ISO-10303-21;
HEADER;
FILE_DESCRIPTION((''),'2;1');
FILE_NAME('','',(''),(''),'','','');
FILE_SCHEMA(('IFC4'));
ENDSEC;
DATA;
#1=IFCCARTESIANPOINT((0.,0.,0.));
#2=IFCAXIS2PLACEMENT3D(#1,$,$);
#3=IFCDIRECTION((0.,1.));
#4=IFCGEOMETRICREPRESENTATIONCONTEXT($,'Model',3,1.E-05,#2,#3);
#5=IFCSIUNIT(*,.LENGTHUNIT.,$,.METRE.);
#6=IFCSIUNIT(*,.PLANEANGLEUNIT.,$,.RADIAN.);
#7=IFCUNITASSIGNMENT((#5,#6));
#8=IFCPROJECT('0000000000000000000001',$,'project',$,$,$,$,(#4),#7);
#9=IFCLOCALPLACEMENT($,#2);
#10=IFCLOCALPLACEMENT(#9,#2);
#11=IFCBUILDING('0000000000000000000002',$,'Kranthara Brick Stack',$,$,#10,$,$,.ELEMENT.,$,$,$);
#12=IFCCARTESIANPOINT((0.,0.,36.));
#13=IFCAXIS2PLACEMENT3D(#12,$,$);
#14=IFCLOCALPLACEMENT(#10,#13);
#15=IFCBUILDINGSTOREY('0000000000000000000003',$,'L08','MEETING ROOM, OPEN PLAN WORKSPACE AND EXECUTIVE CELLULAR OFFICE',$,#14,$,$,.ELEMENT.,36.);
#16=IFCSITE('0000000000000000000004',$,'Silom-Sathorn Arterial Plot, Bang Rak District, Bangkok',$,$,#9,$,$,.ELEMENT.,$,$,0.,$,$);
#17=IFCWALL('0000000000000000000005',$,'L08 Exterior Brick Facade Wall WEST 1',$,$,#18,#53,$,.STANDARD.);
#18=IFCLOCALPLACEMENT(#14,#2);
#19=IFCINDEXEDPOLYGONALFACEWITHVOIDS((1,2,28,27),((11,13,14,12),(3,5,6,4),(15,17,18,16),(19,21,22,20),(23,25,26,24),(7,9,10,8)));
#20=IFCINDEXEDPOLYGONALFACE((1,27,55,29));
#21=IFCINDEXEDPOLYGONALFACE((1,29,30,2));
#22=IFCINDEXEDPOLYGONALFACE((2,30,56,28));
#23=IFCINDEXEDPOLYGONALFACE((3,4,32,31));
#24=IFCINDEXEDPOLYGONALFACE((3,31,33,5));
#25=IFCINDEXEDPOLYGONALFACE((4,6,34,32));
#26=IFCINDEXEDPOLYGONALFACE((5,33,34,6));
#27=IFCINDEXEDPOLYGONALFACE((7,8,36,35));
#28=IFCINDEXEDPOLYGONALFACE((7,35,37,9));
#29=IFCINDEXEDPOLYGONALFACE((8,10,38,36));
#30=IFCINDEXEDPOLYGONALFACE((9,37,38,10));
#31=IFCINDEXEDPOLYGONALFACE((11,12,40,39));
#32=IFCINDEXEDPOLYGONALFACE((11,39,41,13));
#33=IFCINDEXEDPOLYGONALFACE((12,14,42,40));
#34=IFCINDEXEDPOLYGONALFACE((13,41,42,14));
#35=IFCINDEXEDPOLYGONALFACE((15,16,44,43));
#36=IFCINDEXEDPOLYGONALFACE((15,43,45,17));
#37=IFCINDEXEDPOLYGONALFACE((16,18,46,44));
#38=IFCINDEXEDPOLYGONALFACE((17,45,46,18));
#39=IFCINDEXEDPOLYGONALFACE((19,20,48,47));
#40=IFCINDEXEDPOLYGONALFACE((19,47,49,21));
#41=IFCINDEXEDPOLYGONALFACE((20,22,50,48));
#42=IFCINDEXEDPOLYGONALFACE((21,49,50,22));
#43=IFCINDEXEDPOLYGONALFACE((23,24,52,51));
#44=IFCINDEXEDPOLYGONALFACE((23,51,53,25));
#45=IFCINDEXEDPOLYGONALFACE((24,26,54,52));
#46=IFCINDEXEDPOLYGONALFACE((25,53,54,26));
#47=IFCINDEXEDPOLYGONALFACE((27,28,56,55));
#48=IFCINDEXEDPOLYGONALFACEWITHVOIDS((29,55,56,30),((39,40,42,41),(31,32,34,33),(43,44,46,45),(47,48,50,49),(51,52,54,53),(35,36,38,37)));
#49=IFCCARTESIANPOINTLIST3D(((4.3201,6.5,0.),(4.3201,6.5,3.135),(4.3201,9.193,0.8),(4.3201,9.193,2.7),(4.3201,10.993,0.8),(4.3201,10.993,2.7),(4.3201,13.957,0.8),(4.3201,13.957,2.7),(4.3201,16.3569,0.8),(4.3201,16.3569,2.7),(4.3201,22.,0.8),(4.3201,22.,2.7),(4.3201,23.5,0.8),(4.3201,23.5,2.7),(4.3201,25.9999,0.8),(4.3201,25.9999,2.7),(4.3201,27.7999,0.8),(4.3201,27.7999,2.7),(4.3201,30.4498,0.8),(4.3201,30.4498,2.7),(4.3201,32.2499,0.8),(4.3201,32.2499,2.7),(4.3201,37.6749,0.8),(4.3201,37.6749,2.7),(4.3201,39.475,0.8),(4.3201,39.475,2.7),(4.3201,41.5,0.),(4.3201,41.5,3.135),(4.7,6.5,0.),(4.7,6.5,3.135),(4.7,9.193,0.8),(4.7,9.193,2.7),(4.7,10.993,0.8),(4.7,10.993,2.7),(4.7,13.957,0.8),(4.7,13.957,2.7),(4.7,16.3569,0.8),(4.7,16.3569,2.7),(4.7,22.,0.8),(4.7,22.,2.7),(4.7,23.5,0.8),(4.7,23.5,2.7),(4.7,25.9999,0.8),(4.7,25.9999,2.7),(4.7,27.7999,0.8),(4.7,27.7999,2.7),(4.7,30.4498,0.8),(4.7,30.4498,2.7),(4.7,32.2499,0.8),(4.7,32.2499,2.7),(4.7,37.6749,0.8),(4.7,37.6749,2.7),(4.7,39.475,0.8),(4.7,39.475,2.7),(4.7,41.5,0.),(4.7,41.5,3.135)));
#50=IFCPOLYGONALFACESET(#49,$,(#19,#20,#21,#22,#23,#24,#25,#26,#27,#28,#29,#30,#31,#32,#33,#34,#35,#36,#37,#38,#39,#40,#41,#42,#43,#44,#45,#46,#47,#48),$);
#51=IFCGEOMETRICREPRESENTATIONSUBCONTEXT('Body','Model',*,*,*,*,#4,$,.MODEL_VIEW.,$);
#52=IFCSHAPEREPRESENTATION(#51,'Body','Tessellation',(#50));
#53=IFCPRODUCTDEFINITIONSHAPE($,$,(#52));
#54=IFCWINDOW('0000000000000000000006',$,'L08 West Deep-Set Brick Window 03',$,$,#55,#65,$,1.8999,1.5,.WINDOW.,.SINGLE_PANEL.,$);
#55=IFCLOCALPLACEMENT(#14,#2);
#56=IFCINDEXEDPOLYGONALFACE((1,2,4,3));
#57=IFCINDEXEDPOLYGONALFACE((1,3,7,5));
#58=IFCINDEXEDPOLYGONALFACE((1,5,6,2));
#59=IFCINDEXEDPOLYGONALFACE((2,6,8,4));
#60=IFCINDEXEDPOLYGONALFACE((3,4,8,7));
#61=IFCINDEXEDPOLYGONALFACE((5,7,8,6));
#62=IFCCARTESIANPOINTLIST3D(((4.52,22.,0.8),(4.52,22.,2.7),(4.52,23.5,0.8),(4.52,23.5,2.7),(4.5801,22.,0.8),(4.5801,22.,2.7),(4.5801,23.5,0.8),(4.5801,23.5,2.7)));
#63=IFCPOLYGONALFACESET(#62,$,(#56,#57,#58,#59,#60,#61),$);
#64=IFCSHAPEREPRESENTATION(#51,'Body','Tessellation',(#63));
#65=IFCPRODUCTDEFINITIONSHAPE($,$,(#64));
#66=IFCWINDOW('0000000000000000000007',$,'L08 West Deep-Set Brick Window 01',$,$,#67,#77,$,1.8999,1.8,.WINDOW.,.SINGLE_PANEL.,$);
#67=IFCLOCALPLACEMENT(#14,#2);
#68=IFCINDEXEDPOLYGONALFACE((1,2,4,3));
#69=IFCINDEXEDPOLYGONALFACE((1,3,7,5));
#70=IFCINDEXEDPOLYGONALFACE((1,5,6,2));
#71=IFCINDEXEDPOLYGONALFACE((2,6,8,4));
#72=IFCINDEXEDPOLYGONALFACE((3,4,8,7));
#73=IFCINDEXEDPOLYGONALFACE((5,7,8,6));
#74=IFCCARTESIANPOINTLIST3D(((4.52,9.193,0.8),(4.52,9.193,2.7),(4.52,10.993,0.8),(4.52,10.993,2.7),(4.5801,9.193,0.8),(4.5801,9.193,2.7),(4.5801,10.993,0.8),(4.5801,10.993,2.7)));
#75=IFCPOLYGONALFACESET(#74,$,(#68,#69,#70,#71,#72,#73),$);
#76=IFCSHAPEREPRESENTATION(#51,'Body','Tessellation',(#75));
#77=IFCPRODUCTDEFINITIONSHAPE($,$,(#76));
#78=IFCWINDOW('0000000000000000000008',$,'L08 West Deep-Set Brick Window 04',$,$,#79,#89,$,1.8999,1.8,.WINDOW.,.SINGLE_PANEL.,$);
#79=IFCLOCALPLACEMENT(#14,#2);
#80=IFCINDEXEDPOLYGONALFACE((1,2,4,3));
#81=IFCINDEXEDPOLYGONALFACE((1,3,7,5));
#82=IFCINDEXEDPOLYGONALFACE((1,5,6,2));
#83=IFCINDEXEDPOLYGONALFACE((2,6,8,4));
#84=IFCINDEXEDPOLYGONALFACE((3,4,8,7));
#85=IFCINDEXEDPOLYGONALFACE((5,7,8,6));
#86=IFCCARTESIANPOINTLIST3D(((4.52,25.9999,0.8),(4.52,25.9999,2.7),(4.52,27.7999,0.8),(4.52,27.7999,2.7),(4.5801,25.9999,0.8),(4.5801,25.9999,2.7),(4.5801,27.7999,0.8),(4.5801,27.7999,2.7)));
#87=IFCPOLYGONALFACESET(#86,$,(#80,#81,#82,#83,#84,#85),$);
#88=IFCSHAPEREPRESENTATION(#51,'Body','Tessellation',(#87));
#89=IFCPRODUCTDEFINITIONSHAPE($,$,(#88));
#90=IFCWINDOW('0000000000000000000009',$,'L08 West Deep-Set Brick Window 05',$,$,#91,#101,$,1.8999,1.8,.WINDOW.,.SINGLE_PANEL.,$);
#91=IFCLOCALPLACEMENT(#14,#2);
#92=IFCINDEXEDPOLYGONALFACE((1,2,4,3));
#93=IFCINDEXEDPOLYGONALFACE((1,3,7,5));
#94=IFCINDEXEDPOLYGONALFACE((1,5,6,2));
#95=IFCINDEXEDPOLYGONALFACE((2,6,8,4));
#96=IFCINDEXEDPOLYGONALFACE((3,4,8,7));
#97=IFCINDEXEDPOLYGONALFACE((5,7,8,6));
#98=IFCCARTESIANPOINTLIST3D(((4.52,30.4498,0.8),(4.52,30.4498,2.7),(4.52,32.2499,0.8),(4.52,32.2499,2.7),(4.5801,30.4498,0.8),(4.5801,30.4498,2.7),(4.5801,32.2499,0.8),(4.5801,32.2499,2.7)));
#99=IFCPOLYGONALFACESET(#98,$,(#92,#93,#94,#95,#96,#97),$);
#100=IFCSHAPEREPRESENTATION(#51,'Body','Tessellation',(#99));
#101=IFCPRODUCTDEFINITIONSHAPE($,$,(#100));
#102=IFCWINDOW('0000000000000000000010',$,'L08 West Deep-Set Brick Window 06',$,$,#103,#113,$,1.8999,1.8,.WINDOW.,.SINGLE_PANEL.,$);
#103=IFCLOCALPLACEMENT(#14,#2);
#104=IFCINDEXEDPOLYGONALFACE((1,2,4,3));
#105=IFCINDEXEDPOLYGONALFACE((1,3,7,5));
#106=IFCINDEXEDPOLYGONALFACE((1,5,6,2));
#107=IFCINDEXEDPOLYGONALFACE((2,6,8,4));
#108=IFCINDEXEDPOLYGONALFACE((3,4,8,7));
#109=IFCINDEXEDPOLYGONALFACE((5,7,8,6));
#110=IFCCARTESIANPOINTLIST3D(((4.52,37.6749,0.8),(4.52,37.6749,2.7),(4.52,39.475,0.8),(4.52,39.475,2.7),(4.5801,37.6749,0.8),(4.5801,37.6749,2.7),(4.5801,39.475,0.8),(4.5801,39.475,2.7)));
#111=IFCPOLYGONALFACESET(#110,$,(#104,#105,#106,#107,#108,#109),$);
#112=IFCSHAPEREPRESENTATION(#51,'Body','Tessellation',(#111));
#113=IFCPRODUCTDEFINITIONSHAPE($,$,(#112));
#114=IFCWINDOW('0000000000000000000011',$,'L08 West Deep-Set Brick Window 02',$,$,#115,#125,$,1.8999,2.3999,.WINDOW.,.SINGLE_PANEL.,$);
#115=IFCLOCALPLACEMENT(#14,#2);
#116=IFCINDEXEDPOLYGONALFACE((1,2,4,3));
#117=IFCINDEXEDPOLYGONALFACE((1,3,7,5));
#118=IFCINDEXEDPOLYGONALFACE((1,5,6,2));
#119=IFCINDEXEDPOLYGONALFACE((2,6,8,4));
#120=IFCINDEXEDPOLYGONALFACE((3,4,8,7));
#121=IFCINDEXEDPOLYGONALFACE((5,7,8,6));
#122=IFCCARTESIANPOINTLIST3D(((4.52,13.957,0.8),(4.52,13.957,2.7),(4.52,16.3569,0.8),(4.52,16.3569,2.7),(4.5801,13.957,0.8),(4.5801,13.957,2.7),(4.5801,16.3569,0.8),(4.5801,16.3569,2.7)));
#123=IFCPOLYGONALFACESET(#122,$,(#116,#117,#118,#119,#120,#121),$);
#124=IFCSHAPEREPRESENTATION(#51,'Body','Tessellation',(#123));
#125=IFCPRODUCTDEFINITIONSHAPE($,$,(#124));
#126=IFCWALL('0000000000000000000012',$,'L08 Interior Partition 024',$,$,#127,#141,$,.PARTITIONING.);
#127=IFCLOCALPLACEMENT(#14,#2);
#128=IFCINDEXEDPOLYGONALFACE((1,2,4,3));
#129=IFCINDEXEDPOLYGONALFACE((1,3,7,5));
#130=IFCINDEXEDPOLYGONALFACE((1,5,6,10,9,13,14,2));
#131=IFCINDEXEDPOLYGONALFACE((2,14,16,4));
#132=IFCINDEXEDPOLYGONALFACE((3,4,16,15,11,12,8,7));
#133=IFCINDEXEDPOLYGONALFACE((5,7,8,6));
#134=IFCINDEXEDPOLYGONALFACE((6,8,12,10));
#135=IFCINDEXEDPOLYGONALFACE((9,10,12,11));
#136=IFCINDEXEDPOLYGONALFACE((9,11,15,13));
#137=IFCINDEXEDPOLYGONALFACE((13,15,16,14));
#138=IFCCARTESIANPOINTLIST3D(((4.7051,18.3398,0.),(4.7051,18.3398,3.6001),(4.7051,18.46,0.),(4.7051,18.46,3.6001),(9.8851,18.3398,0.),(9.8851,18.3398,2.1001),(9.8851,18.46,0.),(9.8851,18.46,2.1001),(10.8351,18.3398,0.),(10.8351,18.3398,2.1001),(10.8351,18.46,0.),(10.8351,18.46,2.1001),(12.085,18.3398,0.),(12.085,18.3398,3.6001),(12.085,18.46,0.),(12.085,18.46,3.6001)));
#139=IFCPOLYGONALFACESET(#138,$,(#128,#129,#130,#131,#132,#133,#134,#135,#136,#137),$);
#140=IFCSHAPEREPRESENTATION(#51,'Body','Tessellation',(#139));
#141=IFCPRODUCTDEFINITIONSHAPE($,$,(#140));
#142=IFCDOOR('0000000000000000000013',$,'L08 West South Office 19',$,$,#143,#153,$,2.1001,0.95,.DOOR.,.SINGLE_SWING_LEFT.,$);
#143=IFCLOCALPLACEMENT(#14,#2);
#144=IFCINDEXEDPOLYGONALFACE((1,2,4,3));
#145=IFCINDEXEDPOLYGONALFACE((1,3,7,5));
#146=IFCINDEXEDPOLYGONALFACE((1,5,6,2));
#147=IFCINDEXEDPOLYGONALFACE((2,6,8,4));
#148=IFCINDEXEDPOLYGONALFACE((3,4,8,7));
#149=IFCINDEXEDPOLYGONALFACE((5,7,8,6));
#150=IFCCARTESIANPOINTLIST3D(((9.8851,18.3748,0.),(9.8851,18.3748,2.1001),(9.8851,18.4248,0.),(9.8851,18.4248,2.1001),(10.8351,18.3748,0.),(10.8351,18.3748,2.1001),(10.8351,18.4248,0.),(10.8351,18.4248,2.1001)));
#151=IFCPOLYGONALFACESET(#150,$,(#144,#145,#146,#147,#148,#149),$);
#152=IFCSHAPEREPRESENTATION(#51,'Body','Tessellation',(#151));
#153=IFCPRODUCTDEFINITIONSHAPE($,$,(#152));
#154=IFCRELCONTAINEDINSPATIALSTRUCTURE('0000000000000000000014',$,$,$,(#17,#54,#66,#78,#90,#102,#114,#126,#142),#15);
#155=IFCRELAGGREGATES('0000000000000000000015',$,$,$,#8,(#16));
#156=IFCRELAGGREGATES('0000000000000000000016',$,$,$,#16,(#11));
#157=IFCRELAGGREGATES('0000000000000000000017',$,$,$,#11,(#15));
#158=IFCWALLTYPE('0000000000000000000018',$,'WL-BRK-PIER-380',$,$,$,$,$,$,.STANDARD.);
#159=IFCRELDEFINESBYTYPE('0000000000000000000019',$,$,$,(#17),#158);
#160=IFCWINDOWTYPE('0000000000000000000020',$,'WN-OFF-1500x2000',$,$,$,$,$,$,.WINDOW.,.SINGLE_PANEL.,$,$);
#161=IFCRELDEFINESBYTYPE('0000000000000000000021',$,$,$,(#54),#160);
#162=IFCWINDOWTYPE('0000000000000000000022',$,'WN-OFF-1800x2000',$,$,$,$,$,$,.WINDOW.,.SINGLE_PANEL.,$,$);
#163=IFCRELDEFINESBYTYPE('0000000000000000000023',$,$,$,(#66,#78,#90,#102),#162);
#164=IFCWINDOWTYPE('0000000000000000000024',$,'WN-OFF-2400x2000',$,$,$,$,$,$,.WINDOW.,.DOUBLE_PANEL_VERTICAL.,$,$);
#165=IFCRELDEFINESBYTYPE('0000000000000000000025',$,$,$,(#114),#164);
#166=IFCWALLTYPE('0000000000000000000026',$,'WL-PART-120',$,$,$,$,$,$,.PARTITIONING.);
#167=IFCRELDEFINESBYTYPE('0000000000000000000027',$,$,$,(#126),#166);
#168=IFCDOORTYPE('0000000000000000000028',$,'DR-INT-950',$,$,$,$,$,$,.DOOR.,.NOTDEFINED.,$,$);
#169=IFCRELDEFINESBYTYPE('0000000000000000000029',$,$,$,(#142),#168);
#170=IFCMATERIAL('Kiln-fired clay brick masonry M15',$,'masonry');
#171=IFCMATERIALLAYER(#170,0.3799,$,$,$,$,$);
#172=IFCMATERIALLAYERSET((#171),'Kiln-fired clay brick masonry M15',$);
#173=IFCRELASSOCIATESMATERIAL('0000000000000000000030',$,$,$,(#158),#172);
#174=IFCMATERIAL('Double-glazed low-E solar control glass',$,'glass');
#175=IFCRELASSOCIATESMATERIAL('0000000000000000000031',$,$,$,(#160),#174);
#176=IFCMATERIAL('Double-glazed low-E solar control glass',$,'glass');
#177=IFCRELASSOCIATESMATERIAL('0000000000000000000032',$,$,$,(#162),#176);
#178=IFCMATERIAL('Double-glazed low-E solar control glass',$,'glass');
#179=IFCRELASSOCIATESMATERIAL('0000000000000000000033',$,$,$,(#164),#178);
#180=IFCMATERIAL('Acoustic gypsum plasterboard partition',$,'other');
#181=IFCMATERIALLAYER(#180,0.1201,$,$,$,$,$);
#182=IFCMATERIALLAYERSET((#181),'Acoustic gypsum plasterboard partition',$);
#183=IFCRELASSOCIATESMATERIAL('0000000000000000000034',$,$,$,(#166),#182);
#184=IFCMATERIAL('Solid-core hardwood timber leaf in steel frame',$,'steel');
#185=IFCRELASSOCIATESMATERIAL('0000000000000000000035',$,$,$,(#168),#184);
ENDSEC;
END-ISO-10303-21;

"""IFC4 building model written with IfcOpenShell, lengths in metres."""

from ifc_helpers import new_model, si_unit, direction, frame, frame_2d, origin, place, context, subcontext, project, spatial, rectangle, extrude, material, layer, layer_set, type_object, element, fill, save


model = new_model("IFC4")

# Units and contexts
model_context = context("Model", 3, precision=1e-05, world=origin(), true_north=direction((0.0, 1.0)))
body_context = subcontext(model_context, "Body", "Model", "MODEL_VIEW")
ifc_project = project(units=[si_unit("LENGTHUNIT", "METRE"), si_unit("PLANEANGLEUNIT", "RADIAN")], contexts=[model_context])

# Site, building, storey
site_placement = place(None, origin())
site = spatial("IfcSite", under=ifc_project, at=site_placement, Name="Silom-Sathorn Arterial Plot, Bang Rak District, Bangkok", CompositionType="ELEMENT", RefElevation=0.0)
building_placement = place(site_placement, origin())
building = spatial("IfcBuilding", under=site, at=building_placement, Name="Kranthara Brick Stack", CompositionType="ELEMENT")
storey_placement = place(building_placement, frame((0.0, 0.0, 36.0)))
storey = spatial("IfcBuildingStorey", under=building, at=storey_placement, Name="L08", Description="MEETING ROOM, OPEN PLAN WORKSPACE AND EXECUTIVE CELLULAR OFFICE", CompositionType="ELEMENT", Elevation=36.0)

# Wall, openings, windows
ifc_material_1 = material(Name="Kiln-fired clay brick masonry M15", Category="masonry")
ifc_layer_1 = layer(ifc_material_1, 0.3799)
ifc_layer_set_1 = layer_set([ifc_layer_1], Name="Kiln-fired clay brick masonry M15")
wall_type_1 = type_object("IfcWallType", Name="WL-BRK-PIER-380", PredefinedType="STANDARD", material=ifc_layer_set_1)
wall_1_placement = place(storey_placement, frame((4.51, 6.5, 0.0), z_axis=(0.0, 0.0, 1.0), x_axis=(0.0, 1.0, 0.0)))
wall_1 = element("IfcWall", 1, at=wall_1_placement, inside=storey, type_object=wall_type_1, Name="L08 Exterior Brick Facade Wall WEST 1", PredefinedType="STANDARD", context=body_context, shape_type="SweptSolid", body=[
    extrude(rectangle(XDim=35.0, YDim=0.3799, at=frame_2d((17.5, 0.0))), origin(), (0.0, 0.0, 1.0), 3.135),
])
opening_1_placement = place(wall_1_placement, frame((2.6931, 0.0, 0.8)))
opening_1 = element("IfcOpeningElement", 2, at=opening_1_placement, cuts=wall_1, PredefinedType="OPENING", context=body_context, shape_type="SweptSolid", body=[
    extrude(rectangle(XDim=1.8, YDim=1.8999, at=frame_2d((0.8999, 0.95))), frame((0.0, 0.2, 0.0), z_axis=(0.0, -1.0, 0.0), x_axis=(1.0, 0.0, 0.0)), (0.0, 0.0, 1.0), 0.3999),
])
opening_2_placement = place(wall_1_placement, frame((7.457, 0.0, 0.8)))
opening_2 = element("IfcOpeningElement", 3, at=opening_2_placement, cuts=wall_1, PredefinedType="OPENING", context=body_context, shape_type="SweptSolid", body=[
    extrude(rectangle(XDim=2.3999, YDim=1.8999, at=frame_2d((1.2, 0.95))), frame((0.0, 0.2, 0.0), z_axis=(0.0, -1.0, 0.0), x_axis=(1.0, 0.0, 0.0)), (0.0, 0.0, 1.0), 0.3999),
])
opening_3_placement = place(wall_1_placement, frame((15.5, 0.0, 0.8)))
opening_3 = element("IfcOpeningElement", 4, at=opening_3_placement, cuts=wall_1, PredefinedType="OPENING", context=body_context, shape_type="SweptSolid", body=[
    extrude(rectangle(XDim=1.5, YDim=1.8999, at=frame_2d((0.75, 0.95))), frame((0.0, 0.2, 0.0), z_axis=(0.0, -1.0, 0.0), x_axis=(1.0, 0.0, 0.0)), (0.0, 0.0, 1.0), 0.3999),
])
opening_4_placement = place(wall_1_placement, frame((19.5, 0.0, 0.8)))
opening_4 = element("IfcOpeningElement", 5, at=opening_4_placement, cuts=wall_1, PredefinedType="OPENING", context=body_context, shape_type="SweptSolid", body=[
    extrude(rectangle(XDim=1.8, YDim=1.8999, at=frame_2d((0.8999, 0.95))), frame((0.0, 0.2, 0.0), z_axis=(0.0, -1.0, 0.0), x_axis=(1.0, 0.0, 0.0)), (0.0, 0.0, 1.0), 0.3999),
])
opening_5_placement = place(wall_1_placement, frame((23.95, 0.0, 0.8)))
opening_5 = element("IfcOpeningElement", 6, at=opening_5_placement, cuts=wall_1, PredefinedType="OPENING", context=body_context, shape_type="SweptSolid", body=[
    extrude(rectangle(XDim=1.8, YDim=1.8999, at=frame_2d((0.8999, 0.95))), frame((0.0, 0.2, 0.0), z_axis=(0.0, -1.0, 0.0), x_axis=(1.0, 0.0, 0.0)), (0.0, 0.0, 1.0), 0.3999),
])
opening_6_placement = place(wall_1_placement, frame((31.175, 0.0, 0.8)))
opening_6 = element("IfcOpeningElement", 7, at=opening_6_placement, cuts=wall_1, PredefinedType="OPENING", context=body_context, shape_type="SweptSolid", body=[
    extrude(rectangle(XDim=1.8, YDim=1.8999, at=frame_2d((0.8999, 0.95))), frame((0.0, 0.2, 0.0), z_axis=(0.0, -1.0, 0.0), x_axis=(1.0, 0.0, 0.0)), (0.0, 0.0, 1.0), 0.3999),
])
ifc_material_2 = material(Name="Double-glazed low-E solar control glass", Category="glass")
window_type_1 = type_object("IfcWindowType", Name="WN-OFF-1500x2000", PartitioningType="SINGLE_PANEL", PredefinedType="WINDOW", material=ifc_material_2)
window_1_placement = place(opening_3_placement, origin())
window_1 = element("IfcWindow", 8, at=window_1_placement, inside=storey, type_object=window_type_1, Name="L08 West Deep-Set Brick Window 03", OverallHeight=1.8999, OverallWidth=1.5, PartitioningType="SINGLE_PANEL", PredefinedType="WINDOW", context=body_context, shape_type="SweptSolid", body=[
    extrude(rectangle(XDim=1.5, YDim=1.8999, at=frame_2d((0.75, 0.95))), frame((0.0, -0.01, 0.0), z_axis=(0.0, -1.0, 0.0), x_axis=(1.0, 0.0, 0.0)), (0.0, 0.0, 1.0), 0.0601),
])
fill(opening_3, window_1)
ifc_material_3 = material(Name="Double-glazed low-E solar control glass", Category="glass")
window_type_2 = type_object("IfcWindowType", Name="WN-OFF-1800x2000", PartitioningType="SINGLE_PANEL", PredefinedType="WINDOW", material=ifc_material_3)
window_2_placement = place(opening_1_placement, origin())
window_2 = element("IfcWindow", 9, at=window_2_placement, inside=storey, type_object=window_type_2, Name="L08 West Deep-Set Brick Window 01", OverallHeight=1.8999, OverallWidth=1.8, PartitioningType="SINGLE_PANEL", PredefinedType="WINDOW", context=body_context, shape_type="SweptSolid", body=[
    extrude(rectangle(XDim=1.8, YDim=1.8999, at=frame_2d((0.8999, 0.95))), frame((0.0, -0.01, 0.0), z_axis=(0.0, -1.0, 0.0), x_axis=(1.0, 0.0, 0.0)), (0.0, 0.0, 1.0), 0.0601),
])
fill(opening_1, window_2)
window_3_placement = place(opening_4_placement, origin())
window_3 = element("IfcWindow", 10, at=window_3_placement, inside=storey, type_object=window_type_2, Name="L08 West Deep-Set Brick Window 04", OverallHeight=1.8999, OverallWidth=1.8, PartitioningType="SINGLE_PANEL", PredefinedType="WINDOW", context=body_context, shape_type="SweptSolid", body=[
    extrude(rectangle(XDim=1.8, YDim=1.8999, at=frame_2d((0.8999, 0.95))), frame((0.0, -0.01, 0.0), z_axis=(0.0, -1.0, 0.0), x_axis=(1.0, 0.0, 0.0)), (0.0, 0.0, 1.0), 0.0601),
])
fill(opening_4, window_3)
window_4_placement = place(opening_5_placement, origin())
window_4 = element("IfcWindow", 11, at=window_4_placement, inside=storey, type_object=window_type_2, Name="L08 West Deep-Set Brick Window 05", OverallHeight=1.8999, OverallWidth=1.8, PartitioningType="SINGLE_PANEL", PredefinedType="WINDOW", context=body_context, shape_type="SweptSolid", body=[
    extrude(rectangle(XDim=1.8, YDim=1.8999, at=frame_2d((0.8999, 0.95))), frame((0.0, -0.01, 0.0), z_axis=(0.0, -1.0, 0.0), x_axis=(1.0, 0.0, 0.0)), (0.0, 0.0, 1.0), 0.0601),
])
fill(opening_5, window_4)
window_5_placement = place(opening_6_placement, origin())
window_5 = element("IfcWindow", 12, at=window_5_placement, inside=storey, type_object=window_type_2, Name="L08 West Deep-Set Brick Window 06", OverallHeight=1.8999, OverallWidth=1.8, PartitioningType="SINGLE_PANEL", PredefinedType="WINDOW", context=body_context, shape_type="SweptSolid", body=[
    extrude(rectangle(XDim=1.8, YDim=1.8999, at=frame_2d((0.8999, 0.95))), frame((0.0, -0.01, 0.0), z_axis=(0.0, -1.0, 0.0), x_axis=(1.0, 0.0, 0.0)), (0.0, 0.0, 1.0), 0.0601),
])
fill(opening_6, window_5)
ifc_material_4 = material(Name="Double-glazed low-E solar control glass", Category="glass")
window_type_3 = type_object("IfcWindowType", Name="WN-OFF-2400x2000", PartitioningType="DOUBLE_PANEL_VERTICAL", PredefinedType="WINDOW", material=ifc_material_4)
window_6_placement = place(opening_2_placement, origin())
window_6 = element("IfcWindow", 13, at=window_6_placement, inside=storey, type_object=window_type_3, Name="L08 West Deep-Set Brick Window 02", OverallHeight=1.8999, OverallWidth=2.3999, PartitioningType="SINGLE_PANEL", PredefinedType="WINDOW", context=body_context, shape_type="SweptSolid", body=[
    extrude(rectangle(XDim=2.3999, YDim=1.8999, at=frame_2d((1.2, 0.95))), frame((0.0, -0.01, 0.0), z_axis=(0.0, -1.0, 0.0), x_axis=(1.0, 0.0, 0.0)), (0.0, 0.0, 1.0), 0.0601),
])
fill(opening_2, window_6)

# Wall, opening, door
ifc_material_5 = material(Name="Acoustic gypsum plasterboard partition", Category="other")
ifc_layer_2 = layer(ifc_material_5, 0.1201)
ifc_layer_set_2 = layer_set([ifc_layer_2], Name="Acoustic gypsum plasterboard partition")
wall_type_2 = type_object("IfcWallType", Name="WL-PART-120", PredefinedType="PARTITIONING", material=ifc_layer_set_2)
wall_2_placement = place(storey_placement, frame((4.7051, 18.3999, 0.0), z_axis=(0.0, 0.0, 1.0), x_axis=(1.0, 0.0, 0.0)))
wall_2 = element("IfcWall", 14, at=wall_2_placement, inside=storey, type_object=wall_type_2, Name="L08 Interior Partition 024", PredefinedType="PARTITIONING", context=body_context, shape_type="SweptSolid", body=[
    extrude(rectangle(XDim=7.3799, YDim=0.1201, at=frame_2d((3.6899, 0.0))), origin(), (0.0, 0.0, 1.0), 3.6001),
])
opening_7_placement = place(wall_2_placement, frame((5.1799, 0.0, 0.0)))
opening_7 = element("IfcOpeningElement", 15, at=opening_7_placement, cuts=wall_2, PredefinedType="OPENING", context=body_context, shape_type="SweptSolid", body=[
    extrude(rectangle(XDim=0.95, YDim=2.1001, at=frame_2d((0.4751, 1.05))), frame((0.0, 0.0701, 0.0), z_axis=(0.0, -1.0, 0.0), x_axis=(1.0, 0.0, 0.0)), (0.0, 0.0, 1.0), 0.1401),
])
ifc_material_6 = material(Name="Solid-core hardwood timber leaf in steel frame", Category="steel")
door_type = type_object("IfcDoorType", Name="DR-INT-950", OperationType="NOTDEFINED", PredefinedType="DOOR", material=ifc_material_6)
door_placement = place(opening_7_placement, origin())
door = element("IfcDoor", 16, at=door_placement, inside=storey, type_object=door_type, Name="L08 West South Office 19", OperationType="SINGLE_SWING_LEFT", OverallHeight=2.1001, OverallWidth=0.95, PredefinedType="DOOR", context=body_context, shape_type="SweptSolid", body=[
    extrude(rectangle(XDim=0.95, YDim=2.1001, at=frame_2d((0.4751, 1.05))), frame((0.0, 0.0249, 0.0), z_axis=(0.0, -1.0, 0.0), x_axis=(1.0, 0.0, 0.0)), (0.0, 0.0, 1.0), 0.05),
])
fill(opening_7, door)

save(model, "model.ifc")
